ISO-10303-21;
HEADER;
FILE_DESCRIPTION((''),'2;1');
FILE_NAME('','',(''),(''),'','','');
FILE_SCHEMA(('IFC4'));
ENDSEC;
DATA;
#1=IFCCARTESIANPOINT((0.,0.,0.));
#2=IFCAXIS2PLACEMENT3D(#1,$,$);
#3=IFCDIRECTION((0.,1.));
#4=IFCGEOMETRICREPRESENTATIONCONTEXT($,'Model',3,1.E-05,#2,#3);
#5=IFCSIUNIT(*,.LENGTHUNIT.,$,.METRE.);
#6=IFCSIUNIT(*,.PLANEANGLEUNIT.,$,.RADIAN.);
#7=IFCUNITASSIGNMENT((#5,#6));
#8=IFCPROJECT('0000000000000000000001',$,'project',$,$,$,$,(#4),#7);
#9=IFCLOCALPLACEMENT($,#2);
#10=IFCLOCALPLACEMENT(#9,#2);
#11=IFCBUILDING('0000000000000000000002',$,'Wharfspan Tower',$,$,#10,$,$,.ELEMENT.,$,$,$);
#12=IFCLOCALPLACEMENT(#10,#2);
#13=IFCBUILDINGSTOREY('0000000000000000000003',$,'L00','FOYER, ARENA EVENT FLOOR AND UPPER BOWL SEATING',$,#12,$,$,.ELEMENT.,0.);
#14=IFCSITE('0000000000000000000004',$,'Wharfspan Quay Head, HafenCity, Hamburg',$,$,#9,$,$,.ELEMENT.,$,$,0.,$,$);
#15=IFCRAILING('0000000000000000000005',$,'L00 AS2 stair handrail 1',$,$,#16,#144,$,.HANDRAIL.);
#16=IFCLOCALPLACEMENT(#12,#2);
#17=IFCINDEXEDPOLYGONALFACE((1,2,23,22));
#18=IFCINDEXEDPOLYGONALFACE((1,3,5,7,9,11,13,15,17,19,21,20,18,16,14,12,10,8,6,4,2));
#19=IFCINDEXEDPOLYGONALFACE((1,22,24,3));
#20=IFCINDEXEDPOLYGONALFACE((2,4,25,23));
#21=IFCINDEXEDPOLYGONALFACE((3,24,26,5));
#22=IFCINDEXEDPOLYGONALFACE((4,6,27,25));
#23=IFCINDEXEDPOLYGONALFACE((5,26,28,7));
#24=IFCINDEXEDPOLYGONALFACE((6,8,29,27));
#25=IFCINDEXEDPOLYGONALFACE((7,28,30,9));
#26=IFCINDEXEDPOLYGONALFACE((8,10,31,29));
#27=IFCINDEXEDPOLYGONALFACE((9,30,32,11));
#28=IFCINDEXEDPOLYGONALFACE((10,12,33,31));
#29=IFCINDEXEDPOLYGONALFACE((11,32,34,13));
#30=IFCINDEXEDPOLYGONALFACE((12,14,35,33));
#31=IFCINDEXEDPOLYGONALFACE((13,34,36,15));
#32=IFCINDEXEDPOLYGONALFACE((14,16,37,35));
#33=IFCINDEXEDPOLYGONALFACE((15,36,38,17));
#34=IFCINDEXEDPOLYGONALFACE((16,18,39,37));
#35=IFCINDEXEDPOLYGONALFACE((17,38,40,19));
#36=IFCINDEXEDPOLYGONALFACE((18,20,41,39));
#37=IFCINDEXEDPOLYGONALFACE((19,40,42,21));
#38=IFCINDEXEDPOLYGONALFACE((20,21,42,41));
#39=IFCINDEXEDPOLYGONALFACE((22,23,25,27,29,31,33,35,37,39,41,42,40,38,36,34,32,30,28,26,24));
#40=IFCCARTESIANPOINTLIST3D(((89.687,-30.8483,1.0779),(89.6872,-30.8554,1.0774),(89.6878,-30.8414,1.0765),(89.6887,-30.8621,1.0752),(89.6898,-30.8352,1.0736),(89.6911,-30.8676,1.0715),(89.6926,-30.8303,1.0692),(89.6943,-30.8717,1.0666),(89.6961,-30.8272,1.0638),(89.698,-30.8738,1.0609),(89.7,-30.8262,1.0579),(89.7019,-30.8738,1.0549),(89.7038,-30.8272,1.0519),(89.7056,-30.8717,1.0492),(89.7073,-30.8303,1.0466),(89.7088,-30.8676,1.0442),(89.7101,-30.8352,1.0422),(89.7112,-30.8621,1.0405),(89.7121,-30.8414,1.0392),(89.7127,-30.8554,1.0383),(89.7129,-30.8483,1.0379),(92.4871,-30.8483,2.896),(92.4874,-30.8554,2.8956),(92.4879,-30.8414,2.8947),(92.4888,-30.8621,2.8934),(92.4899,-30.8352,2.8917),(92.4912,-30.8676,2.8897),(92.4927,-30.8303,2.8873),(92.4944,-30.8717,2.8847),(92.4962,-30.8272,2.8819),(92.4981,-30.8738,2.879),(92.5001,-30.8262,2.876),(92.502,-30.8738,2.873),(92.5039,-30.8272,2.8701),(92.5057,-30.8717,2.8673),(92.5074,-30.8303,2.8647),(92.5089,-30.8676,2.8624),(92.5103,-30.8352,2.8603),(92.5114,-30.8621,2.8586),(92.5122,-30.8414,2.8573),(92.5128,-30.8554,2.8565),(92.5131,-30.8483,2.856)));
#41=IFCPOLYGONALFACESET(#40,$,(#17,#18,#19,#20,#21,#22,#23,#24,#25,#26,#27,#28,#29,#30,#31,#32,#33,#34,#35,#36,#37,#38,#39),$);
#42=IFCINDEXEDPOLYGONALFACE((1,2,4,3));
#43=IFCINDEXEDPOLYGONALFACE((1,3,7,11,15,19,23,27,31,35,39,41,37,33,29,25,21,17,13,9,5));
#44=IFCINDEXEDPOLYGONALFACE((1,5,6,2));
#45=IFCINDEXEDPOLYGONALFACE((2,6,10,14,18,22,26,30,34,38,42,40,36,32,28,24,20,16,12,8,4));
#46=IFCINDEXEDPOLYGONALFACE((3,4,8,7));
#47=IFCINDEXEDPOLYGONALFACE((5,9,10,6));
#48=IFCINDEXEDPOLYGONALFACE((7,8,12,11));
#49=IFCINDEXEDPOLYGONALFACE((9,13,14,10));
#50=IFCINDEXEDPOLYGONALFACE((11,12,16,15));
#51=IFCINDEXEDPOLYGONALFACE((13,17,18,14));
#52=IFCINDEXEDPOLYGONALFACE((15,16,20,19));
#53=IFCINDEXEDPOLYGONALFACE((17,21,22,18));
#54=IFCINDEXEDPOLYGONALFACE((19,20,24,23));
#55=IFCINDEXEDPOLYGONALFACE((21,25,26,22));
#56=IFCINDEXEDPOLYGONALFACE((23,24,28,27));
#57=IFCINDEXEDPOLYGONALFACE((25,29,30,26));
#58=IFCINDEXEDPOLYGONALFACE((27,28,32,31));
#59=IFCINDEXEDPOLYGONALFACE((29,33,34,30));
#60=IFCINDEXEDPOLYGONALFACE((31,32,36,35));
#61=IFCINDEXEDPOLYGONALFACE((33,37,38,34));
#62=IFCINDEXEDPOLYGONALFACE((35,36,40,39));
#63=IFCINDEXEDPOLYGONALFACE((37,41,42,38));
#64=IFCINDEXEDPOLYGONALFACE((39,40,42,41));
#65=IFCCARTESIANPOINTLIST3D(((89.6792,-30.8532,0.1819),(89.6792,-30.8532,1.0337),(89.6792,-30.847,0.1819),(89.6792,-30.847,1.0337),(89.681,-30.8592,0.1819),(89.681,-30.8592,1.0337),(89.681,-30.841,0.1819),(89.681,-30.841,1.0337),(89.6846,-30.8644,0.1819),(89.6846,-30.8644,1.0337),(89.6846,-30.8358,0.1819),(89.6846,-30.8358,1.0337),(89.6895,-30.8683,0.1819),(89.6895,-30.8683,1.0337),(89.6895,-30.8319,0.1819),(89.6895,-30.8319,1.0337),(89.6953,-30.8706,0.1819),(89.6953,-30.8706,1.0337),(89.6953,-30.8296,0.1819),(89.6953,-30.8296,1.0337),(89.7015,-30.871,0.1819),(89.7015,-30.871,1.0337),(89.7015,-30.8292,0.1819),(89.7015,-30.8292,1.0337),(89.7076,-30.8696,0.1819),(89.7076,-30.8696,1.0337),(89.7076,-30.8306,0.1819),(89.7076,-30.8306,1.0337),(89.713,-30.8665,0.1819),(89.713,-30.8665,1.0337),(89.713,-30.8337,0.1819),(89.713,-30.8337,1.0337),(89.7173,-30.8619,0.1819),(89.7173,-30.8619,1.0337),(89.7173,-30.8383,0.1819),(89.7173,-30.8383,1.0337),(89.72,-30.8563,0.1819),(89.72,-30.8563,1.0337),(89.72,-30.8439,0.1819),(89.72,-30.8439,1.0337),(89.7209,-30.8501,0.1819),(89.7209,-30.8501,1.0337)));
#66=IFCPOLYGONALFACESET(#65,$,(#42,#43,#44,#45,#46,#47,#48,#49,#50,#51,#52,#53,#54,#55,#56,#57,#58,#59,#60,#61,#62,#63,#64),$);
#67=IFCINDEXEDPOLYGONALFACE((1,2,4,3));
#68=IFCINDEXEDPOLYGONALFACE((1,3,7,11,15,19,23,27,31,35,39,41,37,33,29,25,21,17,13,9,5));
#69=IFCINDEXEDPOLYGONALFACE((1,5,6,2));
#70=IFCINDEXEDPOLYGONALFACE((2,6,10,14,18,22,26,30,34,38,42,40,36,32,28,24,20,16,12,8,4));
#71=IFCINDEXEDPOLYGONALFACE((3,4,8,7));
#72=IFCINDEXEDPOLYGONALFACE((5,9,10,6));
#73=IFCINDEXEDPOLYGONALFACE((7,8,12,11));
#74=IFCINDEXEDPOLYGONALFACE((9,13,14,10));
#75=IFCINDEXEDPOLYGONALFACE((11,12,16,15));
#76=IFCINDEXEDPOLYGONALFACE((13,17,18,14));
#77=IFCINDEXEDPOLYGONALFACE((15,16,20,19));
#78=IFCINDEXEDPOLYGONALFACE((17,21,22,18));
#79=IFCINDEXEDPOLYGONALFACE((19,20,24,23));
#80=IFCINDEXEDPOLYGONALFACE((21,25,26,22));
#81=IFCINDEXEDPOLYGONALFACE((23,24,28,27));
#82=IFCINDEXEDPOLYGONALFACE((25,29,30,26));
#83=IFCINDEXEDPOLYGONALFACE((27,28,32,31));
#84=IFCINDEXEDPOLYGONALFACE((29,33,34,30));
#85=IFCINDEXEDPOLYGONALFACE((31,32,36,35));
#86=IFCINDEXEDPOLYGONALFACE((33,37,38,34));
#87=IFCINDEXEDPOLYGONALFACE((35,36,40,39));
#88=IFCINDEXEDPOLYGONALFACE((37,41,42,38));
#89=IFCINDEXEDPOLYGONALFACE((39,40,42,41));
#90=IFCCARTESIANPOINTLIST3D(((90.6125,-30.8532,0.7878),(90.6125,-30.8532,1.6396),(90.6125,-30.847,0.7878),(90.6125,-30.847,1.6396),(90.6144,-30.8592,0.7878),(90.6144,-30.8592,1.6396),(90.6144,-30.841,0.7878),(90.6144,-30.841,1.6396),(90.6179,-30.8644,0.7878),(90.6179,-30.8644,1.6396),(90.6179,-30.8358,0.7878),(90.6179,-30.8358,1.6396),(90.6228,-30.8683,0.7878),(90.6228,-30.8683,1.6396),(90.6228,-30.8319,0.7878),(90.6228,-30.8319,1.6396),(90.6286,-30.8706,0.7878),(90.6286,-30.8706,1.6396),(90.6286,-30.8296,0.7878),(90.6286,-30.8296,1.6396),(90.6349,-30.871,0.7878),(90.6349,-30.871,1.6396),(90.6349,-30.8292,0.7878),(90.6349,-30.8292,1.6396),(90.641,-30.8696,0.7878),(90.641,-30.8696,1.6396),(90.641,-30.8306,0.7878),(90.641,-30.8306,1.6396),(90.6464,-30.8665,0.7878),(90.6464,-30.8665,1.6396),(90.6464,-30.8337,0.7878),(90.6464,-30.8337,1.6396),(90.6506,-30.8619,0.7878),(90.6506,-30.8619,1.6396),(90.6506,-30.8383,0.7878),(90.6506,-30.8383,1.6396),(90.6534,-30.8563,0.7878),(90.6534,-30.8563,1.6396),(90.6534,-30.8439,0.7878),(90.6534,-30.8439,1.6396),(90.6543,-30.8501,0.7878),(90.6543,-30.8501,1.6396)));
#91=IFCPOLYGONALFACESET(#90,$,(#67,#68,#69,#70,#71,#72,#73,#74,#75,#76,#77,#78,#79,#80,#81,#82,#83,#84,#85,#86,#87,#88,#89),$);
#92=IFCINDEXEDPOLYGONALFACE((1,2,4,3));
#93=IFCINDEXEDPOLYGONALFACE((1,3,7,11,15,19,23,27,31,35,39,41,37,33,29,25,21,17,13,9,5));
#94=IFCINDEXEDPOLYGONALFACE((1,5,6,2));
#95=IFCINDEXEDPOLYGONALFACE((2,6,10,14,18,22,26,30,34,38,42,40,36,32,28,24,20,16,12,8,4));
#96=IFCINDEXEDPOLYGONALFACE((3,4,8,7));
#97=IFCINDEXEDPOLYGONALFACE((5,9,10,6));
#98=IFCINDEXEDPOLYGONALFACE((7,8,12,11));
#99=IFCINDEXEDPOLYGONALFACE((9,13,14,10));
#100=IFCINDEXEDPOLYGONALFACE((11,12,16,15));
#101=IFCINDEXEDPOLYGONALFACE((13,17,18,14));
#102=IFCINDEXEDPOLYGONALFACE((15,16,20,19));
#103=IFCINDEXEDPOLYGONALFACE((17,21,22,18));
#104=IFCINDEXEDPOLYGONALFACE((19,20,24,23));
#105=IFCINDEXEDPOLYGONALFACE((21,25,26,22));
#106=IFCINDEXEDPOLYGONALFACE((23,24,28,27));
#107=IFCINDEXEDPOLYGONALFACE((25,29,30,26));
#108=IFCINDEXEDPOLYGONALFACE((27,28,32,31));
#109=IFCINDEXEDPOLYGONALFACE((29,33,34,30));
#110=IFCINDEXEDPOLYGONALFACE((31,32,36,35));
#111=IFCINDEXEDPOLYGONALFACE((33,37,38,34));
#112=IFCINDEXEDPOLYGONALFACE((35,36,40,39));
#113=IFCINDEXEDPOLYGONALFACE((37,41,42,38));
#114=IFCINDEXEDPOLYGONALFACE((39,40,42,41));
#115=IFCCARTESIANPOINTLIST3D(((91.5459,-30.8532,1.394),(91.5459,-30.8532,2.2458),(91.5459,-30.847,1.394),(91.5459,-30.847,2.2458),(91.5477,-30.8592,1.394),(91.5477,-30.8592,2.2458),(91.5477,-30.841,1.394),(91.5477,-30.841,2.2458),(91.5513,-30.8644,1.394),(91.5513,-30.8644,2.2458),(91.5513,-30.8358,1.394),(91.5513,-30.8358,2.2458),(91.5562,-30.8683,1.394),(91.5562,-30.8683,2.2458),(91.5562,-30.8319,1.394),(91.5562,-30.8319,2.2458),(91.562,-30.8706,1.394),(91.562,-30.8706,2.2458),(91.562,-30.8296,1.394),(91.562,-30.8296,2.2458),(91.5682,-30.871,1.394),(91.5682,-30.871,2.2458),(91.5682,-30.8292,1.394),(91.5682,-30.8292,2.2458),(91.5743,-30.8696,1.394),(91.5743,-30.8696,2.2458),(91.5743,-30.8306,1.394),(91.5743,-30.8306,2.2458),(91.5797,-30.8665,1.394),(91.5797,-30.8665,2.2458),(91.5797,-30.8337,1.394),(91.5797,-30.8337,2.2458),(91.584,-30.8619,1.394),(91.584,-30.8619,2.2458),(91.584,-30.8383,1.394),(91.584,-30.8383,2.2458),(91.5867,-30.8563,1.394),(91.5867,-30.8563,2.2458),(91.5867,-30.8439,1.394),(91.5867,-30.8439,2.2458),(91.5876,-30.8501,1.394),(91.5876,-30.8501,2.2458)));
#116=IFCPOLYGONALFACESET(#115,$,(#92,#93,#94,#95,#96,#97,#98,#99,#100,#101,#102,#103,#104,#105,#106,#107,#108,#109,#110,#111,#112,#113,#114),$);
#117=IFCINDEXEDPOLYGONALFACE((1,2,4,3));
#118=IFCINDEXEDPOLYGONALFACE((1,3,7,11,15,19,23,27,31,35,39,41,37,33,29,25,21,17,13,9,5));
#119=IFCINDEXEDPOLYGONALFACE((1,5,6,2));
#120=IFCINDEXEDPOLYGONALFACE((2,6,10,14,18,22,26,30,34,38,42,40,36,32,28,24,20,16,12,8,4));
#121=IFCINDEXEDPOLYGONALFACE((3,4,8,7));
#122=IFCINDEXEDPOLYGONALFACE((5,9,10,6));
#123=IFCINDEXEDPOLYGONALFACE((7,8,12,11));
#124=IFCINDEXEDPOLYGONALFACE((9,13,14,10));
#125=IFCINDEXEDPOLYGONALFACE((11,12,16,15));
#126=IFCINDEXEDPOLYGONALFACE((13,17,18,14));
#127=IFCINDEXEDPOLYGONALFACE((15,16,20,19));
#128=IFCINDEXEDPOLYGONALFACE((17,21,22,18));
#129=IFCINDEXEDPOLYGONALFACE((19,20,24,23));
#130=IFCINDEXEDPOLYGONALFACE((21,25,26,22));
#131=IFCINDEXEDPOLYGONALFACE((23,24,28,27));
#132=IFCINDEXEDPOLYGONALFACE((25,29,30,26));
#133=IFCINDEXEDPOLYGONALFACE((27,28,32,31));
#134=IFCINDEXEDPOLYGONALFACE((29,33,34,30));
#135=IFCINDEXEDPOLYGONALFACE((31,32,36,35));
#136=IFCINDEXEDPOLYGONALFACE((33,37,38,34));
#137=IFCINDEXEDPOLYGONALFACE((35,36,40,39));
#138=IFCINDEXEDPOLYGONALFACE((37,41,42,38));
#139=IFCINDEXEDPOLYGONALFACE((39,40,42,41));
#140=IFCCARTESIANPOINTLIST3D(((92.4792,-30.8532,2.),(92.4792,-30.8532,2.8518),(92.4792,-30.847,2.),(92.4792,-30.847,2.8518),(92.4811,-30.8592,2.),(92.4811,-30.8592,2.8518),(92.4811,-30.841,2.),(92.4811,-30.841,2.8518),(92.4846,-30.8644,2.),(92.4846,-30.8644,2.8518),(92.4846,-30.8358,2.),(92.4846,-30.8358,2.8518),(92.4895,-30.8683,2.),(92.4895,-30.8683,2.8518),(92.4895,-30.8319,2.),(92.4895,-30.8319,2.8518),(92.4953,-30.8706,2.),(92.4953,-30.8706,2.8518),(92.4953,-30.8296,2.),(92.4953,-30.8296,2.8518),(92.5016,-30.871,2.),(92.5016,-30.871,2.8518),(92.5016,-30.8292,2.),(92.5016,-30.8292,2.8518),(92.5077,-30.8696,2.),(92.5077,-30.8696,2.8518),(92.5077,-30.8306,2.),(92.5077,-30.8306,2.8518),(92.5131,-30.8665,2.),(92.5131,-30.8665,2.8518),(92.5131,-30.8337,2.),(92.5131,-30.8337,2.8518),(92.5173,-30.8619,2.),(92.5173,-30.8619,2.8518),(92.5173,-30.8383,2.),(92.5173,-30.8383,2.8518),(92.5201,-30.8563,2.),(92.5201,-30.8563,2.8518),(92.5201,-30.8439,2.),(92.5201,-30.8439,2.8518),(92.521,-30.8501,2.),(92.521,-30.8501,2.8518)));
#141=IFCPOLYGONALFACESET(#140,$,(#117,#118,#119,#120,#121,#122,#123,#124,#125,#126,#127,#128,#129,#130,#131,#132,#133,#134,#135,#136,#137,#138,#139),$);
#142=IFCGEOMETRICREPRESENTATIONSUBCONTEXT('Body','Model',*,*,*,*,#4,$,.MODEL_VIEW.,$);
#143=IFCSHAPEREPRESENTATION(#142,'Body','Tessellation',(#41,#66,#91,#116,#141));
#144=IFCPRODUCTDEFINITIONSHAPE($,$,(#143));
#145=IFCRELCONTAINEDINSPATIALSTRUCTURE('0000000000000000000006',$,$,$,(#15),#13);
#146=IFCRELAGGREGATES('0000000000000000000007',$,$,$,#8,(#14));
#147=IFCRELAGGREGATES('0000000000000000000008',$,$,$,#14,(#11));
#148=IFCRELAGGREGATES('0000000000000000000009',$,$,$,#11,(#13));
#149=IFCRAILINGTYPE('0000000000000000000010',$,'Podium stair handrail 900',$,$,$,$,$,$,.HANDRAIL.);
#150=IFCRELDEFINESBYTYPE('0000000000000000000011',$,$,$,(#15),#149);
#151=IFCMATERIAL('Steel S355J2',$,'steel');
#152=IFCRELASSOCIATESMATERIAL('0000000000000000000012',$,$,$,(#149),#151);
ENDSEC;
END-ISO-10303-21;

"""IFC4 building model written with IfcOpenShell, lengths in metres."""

from ifc_helpers import new_model, si_unit, direction, frame, origin, origin_2d, place, context, subcontext, project, spatial, circle, extrude, material, type_object, element, save


model = new_model("IFC4")

# Units and contexts
model_context = context("Model", 3, precision=1e-05, world=origin(), true_north=direction((0.0, 1.0)))
body_context = subcontext(model_context, "Body", "Model", "MODEL_VIEW")
ifc_project = project(units=[si_unit("LENGTHUNIT", "METRE"), si_unit("PLANEANGLEUNIT", "RADIAN")], contexts=[model_context])

# Site, building, storey
site_placement = place(None, origin())
site = spatial("IfcSite", under=ifc_project, at=site_placement, Name="Wharfspan Quay Head, HafenCity, Hamburg", CompositionType="ELEMENT", RefElevation=0.0)
building_placement = place(site_placement, origin())
building = spatial("IfcBuilding", under=site, at=building_placement, Name="Wharfspan Tower", CompositionType="ELEMENT")
storey_placement = place(building_placement, origin())
storey = spatial("IfcBuildingStorey", under=building, at=storey_placement, Name="L00", Description="FOYER, ARENA EVENT FLOOR AND UPPER BOWL SEATING", CompositionType="ELEMENT", Elevation=0.0)

# Railing
ifc_material_1 = material(Name="Steel S355J2", Category="steel")
railing_type_1 = type_object("IfcRailingType", Name="Podium stair handrail 900", PredefinedType="HANDRAIL", material=ifc_material_1)
for number, where, name in (
    (1, (89.7, -30.8501, 0.1819), "L00 AS2 stair handrail 1"),
):
    element("IfcRailing", number, at=place(storey_placement, frame(where)), inside=storey, type_object=railing_type_1, Name=name, PredefinedType="HANDRAIL", context=body_context, shape_type="SweptSolid", body=[
        extrude(circle(Radius=0.0239, at=origin_2d()), frame((0.0, 0.0, 0.876), z_axis=(0.838706, 0.0, 0.544585), x_axis=(0.0, 1.0, 0.0)), (0.0, 0.0, 1.0), 3.3386),
        extrude(circle(Radius=0.021, at=origin_2d()), origin(), (0.0, 0.0, 1.0), 0.8518),
        extrude(circle(Radius=0.021, at=origin_2d()), frame((0.9334, 0.0, 0.606)), (0.0, 0.0, 1.0), 0.8518),
        extrude(circle(Radius=0.021, at=origin_2d()), frame((1.8667, 0.0, 1.2122)), (0.0, 0.0, 1.0), 0.8518),
        extrude(circle(Radius=0.021, at=origin_2d()), frame((2.8, 0.0, 1.8181)), (0.0, 0.0, 1.0), 0.8518),
    ])

save(model, "model.ifc")
